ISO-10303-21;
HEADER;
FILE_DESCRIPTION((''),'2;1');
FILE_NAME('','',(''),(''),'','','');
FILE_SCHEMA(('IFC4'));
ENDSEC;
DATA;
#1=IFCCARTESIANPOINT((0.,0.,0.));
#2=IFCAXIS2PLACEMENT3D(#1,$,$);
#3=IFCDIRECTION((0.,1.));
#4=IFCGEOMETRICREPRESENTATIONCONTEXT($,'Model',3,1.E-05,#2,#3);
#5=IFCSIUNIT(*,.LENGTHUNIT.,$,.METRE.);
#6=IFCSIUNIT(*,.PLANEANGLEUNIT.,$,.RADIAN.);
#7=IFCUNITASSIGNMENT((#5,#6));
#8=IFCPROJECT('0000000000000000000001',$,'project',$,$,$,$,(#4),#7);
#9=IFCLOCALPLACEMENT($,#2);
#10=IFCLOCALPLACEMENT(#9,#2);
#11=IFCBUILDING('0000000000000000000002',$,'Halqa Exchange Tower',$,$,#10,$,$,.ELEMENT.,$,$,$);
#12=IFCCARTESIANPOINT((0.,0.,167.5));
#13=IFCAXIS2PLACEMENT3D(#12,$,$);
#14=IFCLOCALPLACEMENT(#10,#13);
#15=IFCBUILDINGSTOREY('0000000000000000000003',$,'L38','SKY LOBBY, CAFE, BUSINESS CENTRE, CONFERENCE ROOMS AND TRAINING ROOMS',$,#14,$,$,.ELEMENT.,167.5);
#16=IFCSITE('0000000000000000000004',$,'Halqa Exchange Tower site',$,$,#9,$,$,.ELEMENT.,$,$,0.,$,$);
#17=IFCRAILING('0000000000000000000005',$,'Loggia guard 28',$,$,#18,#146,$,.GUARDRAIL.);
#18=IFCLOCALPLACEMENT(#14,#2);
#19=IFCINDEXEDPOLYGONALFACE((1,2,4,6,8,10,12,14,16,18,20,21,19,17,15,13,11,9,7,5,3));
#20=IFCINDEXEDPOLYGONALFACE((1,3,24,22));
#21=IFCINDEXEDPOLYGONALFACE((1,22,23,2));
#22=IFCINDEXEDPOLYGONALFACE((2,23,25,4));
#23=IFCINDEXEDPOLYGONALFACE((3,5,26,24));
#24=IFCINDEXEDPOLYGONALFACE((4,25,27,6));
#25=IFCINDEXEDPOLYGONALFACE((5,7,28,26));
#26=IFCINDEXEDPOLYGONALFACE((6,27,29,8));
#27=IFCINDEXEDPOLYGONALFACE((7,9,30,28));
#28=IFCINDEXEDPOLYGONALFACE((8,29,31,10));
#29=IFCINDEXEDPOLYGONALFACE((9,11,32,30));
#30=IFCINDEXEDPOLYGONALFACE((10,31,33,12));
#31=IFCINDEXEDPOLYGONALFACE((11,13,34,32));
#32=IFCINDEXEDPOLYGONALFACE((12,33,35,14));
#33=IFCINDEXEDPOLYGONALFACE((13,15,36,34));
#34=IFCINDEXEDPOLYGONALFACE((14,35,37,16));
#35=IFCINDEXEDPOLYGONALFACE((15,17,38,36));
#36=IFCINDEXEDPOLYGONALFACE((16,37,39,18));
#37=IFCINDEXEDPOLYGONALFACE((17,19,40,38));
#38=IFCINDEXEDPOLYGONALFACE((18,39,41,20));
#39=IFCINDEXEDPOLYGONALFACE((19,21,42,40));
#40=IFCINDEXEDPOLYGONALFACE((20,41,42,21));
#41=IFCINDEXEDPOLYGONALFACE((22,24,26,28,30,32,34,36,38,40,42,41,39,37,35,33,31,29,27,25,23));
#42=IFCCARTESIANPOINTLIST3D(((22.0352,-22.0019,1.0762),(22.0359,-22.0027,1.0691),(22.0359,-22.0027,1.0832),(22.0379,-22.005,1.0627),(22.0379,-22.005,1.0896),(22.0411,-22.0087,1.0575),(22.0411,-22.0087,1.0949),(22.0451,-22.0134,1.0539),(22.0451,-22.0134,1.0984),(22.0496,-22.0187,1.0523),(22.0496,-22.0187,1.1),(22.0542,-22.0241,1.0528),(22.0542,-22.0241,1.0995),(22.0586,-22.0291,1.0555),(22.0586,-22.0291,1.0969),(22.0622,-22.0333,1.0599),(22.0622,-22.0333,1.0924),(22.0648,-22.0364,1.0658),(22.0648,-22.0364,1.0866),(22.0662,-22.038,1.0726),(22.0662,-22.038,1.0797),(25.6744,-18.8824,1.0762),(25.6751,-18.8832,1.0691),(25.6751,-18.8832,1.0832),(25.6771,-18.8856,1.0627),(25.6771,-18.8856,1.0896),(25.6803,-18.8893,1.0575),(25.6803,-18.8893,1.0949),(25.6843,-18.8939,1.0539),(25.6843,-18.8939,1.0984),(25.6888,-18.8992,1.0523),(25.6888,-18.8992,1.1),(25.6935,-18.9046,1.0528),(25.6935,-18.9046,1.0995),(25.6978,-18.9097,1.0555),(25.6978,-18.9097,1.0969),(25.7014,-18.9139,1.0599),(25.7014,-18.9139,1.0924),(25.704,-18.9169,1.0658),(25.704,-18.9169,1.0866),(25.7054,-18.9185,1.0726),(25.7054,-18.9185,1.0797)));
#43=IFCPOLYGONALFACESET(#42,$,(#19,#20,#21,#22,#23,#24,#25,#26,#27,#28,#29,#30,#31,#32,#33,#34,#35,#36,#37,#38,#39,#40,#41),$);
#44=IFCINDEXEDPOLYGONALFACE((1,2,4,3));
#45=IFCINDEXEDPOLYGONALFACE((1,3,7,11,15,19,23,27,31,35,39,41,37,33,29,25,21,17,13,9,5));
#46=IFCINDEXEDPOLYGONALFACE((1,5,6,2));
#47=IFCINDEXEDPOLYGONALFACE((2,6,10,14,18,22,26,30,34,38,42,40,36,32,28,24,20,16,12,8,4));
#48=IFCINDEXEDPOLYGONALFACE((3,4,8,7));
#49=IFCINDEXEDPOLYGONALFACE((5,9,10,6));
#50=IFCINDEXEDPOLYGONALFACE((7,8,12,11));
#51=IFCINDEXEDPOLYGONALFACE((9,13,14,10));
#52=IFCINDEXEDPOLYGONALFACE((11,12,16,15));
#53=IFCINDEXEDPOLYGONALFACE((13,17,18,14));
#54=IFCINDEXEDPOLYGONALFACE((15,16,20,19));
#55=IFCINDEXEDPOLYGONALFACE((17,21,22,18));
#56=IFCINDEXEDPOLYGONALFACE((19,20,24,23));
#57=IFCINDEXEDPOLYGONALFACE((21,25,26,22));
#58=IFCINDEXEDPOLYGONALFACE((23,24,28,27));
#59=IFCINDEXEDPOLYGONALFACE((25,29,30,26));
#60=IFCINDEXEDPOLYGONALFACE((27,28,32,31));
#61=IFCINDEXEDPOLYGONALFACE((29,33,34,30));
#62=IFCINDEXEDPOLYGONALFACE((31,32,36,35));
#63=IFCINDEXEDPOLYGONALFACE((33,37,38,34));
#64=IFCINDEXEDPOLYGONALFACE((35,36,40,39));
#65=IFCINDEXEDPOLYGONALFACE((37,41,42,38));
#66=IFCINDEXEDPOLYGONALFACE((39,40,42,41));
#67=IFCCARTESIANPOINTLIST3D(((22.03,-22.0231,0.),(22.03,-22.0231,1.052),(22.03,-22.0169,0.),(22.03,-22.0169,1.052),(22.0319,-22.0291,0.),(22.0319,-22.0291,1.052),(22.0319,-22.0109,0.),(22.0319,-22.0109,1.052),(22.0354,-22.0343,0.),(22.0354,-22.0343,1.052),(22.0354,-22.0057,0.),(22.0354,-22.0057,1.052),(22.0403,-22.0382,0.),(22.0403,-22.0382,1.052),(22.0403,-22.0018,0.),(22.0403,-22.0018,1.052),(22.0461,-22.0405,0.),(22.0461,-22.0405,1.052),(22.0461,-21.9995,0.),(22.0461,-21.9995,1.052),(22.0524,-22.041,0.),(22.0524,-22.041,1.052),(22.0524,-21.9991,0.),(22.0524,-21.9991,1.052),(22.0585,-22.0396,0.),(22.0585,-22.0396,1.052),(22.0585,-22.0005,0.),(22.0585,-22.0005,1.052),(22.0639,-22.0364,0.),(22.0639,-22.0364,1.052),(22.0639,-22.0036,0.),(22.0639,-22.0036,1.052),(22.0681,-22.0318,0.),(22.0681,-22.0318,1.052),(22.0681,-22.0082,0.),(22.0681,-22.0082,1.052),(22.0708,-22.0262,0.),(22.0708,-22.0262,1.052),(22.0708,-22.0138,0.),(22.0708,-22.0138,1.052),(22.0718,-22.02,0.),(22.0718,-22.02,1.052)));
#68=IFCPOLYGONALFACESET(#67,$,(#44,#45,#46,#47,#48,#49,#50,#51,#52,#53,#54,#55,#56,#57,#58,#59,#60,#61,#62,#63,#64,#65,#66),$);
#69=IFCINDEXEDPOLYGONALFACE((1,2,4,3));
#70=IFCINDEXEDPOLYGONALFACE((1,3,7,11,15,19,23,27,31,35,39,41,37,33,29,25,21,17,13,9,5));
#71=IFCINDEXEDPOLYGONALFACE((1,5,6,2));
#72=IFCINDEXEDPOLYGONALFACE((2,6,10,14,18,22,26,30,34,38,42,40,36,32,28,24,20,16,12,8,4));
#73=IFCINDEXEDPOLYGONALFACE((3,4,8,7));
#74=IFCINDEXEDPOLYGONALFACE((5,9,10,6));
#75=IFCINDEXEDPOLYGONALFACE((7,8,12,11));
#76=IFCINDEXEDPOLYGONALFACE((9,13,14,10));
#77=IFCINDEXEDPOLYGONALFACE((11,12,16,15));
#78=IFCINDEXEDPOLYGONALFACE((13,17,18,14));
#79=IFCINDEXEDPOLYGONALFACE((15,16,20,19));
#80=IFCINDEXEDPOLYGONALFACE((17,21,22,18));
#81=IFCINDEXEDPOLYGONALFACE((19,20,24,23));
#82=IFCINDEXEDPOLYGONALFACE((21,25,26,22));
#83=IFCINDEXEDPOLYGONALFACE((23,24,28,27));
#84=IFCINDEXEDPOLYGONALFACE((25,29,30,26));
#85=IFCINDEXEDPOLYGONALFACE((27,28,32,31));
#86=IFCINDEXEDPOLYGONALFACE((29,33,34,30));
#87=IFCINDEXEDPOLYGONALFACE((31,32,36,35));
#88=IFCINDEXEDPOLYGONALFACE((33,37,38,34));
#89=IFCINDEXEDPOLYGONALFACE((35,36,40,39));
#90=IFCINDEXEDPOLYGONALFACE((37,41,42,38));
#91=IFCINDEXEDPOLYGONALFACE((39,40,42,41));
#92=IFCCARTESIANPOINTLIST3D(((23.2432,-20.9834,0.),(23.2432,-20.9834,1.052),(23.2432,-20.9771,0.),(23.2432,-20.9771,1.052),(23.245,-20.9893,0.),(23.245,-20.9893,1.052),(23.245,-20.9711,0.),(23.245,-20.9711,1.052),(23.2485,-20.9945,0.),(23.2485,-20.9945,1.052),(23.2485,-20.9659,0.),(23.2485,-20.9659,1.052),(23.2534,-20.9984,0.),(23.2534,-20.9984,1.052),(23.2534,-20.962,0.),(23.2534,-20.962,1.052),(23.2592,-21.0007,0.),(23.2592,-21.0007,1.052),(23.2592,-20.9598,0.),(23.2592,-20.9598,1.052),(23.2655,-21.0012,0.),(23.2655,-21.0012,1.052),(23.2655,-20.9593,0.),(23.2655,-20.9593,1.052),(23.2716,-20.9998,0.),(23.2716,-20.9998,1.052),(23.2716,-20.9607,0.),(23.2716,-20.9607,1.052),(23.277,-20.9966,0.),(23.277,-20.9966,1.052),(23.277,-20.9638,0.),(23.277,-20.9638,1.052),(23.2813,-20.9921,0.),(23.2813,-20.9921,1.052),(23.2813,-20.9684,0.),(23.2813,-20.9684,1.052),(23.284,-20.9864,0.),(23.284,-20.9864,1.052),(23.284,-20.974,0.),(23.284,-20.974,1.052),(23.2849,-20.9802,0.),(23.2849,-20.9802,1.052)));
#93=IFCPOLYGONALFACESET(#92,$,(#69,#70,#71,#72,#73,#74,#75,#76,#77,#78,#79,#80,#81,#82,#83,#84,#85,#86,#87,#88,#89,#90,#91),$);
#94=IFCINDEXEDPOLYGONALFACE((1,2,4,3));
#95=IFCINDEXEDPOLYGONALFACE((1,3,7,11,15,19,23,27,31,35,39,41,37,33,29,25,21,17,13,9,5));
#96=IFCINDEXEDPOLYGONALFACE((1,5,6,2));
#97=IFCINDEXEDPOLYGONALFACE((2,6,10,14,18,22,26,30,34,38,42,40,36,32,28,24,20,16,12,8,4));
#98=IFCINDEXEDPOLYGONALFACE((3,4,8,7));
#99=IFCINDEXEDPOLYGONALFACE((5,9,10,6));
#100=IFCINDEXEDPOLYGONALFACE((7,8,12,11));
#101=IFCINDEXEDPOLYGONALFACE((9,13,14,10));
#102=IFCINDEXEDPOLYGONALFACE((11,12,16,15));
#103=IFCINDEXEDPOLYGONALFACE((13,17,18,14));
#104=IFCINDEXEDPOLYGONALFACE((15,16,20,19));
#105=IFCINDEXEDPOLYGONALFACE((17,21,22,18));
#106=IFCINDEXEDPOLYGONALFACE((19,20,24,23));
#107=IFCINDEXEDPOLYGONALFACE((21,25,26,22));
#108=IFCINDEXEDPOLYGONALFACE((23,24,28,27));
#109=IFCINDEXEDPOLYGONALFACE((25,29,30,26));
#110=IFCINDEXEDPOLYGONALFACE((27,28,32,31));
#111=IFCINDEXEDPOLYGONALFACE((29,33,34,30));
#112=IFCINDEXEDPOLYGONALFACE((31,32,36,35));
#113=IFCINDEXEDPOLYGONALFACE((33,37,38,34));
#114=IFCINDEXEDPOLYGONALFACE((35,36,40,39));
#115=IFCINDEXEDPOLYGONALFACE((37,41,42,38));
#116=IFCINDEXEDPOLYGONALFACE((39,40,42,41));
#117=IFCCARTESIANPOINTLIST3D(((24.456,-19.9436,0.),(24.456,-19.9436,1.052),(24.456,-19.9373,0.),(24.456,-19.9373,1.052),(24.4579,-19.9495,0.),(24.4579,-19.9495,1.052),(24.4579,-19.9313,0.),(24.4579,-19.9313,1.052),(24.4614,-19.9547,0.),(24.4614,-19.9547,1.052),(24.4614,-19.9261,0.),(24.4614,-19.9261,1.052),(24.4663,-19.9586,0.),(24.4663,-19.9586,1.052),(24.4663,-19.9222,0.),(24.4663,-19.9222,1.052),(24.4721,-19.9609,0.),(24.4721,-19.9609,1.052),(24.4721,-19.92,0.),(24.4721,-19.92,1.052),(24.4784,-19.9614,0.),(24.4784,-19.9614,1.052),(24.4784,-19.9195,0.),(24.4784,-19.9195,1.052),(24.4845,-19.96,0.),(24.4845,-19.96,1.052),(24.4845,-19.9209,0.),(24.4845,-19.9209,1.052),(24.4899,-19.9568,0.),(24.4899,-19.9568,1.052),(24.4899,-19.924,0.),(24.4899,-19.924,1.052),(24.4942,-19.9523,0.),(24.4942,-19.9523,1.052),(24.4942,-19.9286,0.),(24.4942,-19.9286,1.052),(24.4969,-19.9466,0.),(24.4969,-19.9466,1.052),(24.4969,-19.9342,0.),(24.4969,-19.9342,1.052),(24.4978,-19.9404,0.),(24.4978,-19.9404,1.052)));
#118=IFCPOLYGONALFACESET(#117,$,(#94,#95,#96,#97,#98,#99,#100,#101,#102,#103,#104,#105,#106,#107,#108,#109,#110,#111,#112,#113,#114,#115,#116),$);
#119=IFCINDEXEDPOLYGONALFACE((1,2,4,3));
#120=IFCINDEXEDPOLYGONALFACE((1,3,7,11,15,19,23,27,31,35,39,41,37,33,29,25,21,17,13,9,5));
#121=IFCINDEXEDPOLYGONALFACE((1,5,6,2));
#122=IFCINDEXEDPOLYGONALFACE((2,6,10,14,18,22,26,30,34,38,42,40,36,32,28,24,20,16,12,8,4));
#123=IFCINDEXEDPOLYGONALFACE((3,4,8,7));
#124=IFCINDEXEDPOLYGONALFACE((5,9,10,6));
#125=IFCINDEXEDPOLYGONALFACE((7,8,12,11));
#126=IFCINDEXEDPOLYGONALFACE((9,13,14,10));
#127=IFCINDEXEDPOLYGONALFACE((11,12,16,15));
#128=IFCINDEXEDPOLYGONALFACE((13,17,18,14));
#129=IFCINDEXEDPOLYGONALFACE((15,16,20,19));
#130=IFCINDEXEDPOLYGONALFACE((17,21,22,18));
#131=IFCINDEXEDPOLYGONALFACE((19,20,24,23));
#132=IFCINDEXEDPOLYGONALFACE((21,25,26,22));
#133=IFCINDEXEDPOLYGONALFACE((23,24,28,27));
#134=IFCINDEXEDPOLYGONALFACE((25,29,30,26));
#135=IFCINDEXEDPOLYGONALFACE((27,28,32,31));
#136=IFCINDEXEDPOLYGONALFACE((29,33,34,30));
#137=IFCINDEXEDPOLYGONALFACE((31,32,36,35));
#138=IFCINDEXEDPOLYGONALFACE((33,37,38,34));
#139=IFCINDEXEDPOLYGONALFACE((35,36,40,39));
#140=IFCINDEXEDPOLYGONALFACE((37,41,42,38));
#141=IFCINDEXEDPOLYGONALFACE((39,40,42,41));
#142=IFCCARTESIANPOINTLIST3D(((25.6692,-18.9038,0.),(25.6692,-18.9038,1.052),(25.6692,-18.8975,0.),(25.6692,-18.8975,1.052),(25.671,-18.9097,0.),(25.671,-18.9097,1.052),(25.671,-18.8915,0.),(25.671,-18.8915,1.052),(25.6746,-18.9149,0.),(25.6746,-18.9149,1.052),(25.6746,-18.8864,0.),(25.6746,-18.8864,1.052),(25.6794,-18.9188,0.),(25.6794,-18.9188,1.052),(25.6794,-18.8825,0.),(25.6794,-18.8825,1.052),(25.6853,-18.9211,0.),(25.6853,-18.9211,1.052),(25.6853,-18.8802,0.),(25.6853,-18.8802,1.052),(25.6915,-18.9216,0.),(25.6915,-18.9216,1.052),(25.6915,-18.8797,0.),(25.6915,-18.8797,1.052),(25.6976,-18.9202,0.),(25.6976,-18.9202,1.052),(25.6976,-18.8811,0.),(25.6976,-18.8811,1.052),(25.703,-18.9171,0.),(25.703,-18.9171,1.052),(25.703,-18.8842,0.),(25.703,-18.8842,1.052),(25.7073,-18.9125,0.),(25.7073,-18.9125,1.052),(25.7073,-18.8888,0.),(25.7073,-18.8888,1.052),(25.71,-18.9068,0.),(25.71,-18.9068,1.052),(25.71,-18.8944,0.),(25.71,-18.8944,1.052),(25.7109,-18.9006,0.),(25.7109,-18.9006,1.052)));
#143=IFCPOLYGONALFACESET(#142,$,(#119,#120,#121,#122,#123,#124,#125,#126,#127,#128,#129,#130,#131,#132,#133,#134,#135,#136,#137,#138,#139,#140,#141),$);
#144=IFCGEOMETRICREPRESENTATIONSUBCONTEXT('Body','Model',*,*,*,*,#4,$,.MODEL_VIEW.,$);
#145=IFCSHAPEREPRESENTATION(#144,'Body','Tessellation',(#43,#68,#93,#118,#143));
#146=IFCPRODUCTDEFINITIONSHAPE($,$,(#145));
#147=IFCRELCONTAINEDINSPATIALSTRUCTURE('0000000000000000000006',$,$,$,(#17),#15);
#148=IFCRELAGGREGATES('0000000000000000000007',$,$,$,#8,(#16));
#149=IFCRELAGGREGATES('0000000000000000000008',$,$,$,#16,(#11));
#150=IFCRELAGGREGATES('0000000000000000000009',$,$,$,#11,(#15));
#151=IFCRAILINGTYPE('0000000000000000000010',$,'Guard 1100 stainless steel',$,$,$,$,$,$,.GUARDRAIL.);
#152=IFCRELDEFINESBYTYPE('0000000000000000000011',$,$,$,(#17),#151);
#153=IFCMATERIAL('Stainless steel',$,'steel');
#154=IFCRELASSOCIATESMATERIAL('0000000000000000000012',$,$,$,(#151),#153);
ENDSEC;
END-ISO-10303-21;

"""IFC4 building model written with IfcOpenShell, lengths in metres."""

from ifc_helpers import new_model, si_unit, direction, frame, origin, origin_2d, place, context, subcontext, project, spatial, circle, extrude, material, type_object, element, save


model = new_model("IFC4")

# Units and contexts
model_context = context("Model", 3, precision=1e-05, world=origin(), true_north=direction((0.0, 1.0)))
body_context = subcontext(model_context, "Body", "Model", "MODEL_VIEW")
ifc_project = project(units=[si_unit("LENGTHUNIT", "METRE"), si_unit("PLANEANGLEUNIT", "RADIAN")], contexts=[model_context])

# Site, building, storey
site_placement = place(None, origin())
site = spatial("IfcSite", under=ifc_project, at=site_placement, Name="Halqa Exchange Tower site", CompositionType="ELEMENT", RefElevation=0.0)
building_placement = place(site_placement, origin())
building = spatial("IfcBuilding", under=site, at=building_placement, Name="Halqa Exchange Tower", CompositionType="ELEMENT")
storey_placement = place(building_placement, frame((0.0, 0.0, 167.5)))
storey = spatial("IfcBuildingStorey", under=building, at=storey_placement, Name="L38", Description="SKY LOBBY, CAFE, BUSINESS CENTRE, CONFERENCE ROOMS AND TRAINING ROOMS", CompositionType="ELEMENT", Elevation=167.5)

# Railing
ifc_material_1 = material(Name="Stainless steel", Category="steel")
railing_type = type_object("IfcRailingType", Name="Guard 1100 stainless steel", PredefinedType="GUARDRAIL", material=ifc_material_1)
railing_1_placement = place(storey_placement, frame((22.0508, -22.02, 0.0)))
element("IfcRailing", 1, at=railing_1_placement, inside=storey, type_object=railing_type, Name="Loggia guard 28", PredefinedType="GUARDRAIL", context=body_context, shape_type="SweptSolid", body=[
    extrude(circle(Radius=0.0239, at=origin_2d()), frame((0.0, 0.0, 1.0762), z_axis=(0.759246, 0.650804, 0.0), x_axis=(-0.650804, 0.759246, 0.0)), (0.0, 0.0, 1.0), 4.7932),
    extrude(circle(Radius=0.021, at=origin_2d()), origin(), (0.0, 0.0, 1.0), 1.052),
    extrude(circle(Radius=0.021, at=origin_2d()), frame((1.2131, 1.0398, 0.0)), (0.0, 0.0, 1.0), 1.052),
    extrude(circle(Radius=0.021, at=origin_2d()), frame((2.426, 2.0796, 0.0)), (0.0, 0.0, 1.0), 1.052),
    extrude(circle(Radius=0.021, at=origin_2d()), frame((3.6392, 3.1194, 0.0)), (0.0, 0.0, 1.0), 1.052),
])

save(model, "model.ifc")
